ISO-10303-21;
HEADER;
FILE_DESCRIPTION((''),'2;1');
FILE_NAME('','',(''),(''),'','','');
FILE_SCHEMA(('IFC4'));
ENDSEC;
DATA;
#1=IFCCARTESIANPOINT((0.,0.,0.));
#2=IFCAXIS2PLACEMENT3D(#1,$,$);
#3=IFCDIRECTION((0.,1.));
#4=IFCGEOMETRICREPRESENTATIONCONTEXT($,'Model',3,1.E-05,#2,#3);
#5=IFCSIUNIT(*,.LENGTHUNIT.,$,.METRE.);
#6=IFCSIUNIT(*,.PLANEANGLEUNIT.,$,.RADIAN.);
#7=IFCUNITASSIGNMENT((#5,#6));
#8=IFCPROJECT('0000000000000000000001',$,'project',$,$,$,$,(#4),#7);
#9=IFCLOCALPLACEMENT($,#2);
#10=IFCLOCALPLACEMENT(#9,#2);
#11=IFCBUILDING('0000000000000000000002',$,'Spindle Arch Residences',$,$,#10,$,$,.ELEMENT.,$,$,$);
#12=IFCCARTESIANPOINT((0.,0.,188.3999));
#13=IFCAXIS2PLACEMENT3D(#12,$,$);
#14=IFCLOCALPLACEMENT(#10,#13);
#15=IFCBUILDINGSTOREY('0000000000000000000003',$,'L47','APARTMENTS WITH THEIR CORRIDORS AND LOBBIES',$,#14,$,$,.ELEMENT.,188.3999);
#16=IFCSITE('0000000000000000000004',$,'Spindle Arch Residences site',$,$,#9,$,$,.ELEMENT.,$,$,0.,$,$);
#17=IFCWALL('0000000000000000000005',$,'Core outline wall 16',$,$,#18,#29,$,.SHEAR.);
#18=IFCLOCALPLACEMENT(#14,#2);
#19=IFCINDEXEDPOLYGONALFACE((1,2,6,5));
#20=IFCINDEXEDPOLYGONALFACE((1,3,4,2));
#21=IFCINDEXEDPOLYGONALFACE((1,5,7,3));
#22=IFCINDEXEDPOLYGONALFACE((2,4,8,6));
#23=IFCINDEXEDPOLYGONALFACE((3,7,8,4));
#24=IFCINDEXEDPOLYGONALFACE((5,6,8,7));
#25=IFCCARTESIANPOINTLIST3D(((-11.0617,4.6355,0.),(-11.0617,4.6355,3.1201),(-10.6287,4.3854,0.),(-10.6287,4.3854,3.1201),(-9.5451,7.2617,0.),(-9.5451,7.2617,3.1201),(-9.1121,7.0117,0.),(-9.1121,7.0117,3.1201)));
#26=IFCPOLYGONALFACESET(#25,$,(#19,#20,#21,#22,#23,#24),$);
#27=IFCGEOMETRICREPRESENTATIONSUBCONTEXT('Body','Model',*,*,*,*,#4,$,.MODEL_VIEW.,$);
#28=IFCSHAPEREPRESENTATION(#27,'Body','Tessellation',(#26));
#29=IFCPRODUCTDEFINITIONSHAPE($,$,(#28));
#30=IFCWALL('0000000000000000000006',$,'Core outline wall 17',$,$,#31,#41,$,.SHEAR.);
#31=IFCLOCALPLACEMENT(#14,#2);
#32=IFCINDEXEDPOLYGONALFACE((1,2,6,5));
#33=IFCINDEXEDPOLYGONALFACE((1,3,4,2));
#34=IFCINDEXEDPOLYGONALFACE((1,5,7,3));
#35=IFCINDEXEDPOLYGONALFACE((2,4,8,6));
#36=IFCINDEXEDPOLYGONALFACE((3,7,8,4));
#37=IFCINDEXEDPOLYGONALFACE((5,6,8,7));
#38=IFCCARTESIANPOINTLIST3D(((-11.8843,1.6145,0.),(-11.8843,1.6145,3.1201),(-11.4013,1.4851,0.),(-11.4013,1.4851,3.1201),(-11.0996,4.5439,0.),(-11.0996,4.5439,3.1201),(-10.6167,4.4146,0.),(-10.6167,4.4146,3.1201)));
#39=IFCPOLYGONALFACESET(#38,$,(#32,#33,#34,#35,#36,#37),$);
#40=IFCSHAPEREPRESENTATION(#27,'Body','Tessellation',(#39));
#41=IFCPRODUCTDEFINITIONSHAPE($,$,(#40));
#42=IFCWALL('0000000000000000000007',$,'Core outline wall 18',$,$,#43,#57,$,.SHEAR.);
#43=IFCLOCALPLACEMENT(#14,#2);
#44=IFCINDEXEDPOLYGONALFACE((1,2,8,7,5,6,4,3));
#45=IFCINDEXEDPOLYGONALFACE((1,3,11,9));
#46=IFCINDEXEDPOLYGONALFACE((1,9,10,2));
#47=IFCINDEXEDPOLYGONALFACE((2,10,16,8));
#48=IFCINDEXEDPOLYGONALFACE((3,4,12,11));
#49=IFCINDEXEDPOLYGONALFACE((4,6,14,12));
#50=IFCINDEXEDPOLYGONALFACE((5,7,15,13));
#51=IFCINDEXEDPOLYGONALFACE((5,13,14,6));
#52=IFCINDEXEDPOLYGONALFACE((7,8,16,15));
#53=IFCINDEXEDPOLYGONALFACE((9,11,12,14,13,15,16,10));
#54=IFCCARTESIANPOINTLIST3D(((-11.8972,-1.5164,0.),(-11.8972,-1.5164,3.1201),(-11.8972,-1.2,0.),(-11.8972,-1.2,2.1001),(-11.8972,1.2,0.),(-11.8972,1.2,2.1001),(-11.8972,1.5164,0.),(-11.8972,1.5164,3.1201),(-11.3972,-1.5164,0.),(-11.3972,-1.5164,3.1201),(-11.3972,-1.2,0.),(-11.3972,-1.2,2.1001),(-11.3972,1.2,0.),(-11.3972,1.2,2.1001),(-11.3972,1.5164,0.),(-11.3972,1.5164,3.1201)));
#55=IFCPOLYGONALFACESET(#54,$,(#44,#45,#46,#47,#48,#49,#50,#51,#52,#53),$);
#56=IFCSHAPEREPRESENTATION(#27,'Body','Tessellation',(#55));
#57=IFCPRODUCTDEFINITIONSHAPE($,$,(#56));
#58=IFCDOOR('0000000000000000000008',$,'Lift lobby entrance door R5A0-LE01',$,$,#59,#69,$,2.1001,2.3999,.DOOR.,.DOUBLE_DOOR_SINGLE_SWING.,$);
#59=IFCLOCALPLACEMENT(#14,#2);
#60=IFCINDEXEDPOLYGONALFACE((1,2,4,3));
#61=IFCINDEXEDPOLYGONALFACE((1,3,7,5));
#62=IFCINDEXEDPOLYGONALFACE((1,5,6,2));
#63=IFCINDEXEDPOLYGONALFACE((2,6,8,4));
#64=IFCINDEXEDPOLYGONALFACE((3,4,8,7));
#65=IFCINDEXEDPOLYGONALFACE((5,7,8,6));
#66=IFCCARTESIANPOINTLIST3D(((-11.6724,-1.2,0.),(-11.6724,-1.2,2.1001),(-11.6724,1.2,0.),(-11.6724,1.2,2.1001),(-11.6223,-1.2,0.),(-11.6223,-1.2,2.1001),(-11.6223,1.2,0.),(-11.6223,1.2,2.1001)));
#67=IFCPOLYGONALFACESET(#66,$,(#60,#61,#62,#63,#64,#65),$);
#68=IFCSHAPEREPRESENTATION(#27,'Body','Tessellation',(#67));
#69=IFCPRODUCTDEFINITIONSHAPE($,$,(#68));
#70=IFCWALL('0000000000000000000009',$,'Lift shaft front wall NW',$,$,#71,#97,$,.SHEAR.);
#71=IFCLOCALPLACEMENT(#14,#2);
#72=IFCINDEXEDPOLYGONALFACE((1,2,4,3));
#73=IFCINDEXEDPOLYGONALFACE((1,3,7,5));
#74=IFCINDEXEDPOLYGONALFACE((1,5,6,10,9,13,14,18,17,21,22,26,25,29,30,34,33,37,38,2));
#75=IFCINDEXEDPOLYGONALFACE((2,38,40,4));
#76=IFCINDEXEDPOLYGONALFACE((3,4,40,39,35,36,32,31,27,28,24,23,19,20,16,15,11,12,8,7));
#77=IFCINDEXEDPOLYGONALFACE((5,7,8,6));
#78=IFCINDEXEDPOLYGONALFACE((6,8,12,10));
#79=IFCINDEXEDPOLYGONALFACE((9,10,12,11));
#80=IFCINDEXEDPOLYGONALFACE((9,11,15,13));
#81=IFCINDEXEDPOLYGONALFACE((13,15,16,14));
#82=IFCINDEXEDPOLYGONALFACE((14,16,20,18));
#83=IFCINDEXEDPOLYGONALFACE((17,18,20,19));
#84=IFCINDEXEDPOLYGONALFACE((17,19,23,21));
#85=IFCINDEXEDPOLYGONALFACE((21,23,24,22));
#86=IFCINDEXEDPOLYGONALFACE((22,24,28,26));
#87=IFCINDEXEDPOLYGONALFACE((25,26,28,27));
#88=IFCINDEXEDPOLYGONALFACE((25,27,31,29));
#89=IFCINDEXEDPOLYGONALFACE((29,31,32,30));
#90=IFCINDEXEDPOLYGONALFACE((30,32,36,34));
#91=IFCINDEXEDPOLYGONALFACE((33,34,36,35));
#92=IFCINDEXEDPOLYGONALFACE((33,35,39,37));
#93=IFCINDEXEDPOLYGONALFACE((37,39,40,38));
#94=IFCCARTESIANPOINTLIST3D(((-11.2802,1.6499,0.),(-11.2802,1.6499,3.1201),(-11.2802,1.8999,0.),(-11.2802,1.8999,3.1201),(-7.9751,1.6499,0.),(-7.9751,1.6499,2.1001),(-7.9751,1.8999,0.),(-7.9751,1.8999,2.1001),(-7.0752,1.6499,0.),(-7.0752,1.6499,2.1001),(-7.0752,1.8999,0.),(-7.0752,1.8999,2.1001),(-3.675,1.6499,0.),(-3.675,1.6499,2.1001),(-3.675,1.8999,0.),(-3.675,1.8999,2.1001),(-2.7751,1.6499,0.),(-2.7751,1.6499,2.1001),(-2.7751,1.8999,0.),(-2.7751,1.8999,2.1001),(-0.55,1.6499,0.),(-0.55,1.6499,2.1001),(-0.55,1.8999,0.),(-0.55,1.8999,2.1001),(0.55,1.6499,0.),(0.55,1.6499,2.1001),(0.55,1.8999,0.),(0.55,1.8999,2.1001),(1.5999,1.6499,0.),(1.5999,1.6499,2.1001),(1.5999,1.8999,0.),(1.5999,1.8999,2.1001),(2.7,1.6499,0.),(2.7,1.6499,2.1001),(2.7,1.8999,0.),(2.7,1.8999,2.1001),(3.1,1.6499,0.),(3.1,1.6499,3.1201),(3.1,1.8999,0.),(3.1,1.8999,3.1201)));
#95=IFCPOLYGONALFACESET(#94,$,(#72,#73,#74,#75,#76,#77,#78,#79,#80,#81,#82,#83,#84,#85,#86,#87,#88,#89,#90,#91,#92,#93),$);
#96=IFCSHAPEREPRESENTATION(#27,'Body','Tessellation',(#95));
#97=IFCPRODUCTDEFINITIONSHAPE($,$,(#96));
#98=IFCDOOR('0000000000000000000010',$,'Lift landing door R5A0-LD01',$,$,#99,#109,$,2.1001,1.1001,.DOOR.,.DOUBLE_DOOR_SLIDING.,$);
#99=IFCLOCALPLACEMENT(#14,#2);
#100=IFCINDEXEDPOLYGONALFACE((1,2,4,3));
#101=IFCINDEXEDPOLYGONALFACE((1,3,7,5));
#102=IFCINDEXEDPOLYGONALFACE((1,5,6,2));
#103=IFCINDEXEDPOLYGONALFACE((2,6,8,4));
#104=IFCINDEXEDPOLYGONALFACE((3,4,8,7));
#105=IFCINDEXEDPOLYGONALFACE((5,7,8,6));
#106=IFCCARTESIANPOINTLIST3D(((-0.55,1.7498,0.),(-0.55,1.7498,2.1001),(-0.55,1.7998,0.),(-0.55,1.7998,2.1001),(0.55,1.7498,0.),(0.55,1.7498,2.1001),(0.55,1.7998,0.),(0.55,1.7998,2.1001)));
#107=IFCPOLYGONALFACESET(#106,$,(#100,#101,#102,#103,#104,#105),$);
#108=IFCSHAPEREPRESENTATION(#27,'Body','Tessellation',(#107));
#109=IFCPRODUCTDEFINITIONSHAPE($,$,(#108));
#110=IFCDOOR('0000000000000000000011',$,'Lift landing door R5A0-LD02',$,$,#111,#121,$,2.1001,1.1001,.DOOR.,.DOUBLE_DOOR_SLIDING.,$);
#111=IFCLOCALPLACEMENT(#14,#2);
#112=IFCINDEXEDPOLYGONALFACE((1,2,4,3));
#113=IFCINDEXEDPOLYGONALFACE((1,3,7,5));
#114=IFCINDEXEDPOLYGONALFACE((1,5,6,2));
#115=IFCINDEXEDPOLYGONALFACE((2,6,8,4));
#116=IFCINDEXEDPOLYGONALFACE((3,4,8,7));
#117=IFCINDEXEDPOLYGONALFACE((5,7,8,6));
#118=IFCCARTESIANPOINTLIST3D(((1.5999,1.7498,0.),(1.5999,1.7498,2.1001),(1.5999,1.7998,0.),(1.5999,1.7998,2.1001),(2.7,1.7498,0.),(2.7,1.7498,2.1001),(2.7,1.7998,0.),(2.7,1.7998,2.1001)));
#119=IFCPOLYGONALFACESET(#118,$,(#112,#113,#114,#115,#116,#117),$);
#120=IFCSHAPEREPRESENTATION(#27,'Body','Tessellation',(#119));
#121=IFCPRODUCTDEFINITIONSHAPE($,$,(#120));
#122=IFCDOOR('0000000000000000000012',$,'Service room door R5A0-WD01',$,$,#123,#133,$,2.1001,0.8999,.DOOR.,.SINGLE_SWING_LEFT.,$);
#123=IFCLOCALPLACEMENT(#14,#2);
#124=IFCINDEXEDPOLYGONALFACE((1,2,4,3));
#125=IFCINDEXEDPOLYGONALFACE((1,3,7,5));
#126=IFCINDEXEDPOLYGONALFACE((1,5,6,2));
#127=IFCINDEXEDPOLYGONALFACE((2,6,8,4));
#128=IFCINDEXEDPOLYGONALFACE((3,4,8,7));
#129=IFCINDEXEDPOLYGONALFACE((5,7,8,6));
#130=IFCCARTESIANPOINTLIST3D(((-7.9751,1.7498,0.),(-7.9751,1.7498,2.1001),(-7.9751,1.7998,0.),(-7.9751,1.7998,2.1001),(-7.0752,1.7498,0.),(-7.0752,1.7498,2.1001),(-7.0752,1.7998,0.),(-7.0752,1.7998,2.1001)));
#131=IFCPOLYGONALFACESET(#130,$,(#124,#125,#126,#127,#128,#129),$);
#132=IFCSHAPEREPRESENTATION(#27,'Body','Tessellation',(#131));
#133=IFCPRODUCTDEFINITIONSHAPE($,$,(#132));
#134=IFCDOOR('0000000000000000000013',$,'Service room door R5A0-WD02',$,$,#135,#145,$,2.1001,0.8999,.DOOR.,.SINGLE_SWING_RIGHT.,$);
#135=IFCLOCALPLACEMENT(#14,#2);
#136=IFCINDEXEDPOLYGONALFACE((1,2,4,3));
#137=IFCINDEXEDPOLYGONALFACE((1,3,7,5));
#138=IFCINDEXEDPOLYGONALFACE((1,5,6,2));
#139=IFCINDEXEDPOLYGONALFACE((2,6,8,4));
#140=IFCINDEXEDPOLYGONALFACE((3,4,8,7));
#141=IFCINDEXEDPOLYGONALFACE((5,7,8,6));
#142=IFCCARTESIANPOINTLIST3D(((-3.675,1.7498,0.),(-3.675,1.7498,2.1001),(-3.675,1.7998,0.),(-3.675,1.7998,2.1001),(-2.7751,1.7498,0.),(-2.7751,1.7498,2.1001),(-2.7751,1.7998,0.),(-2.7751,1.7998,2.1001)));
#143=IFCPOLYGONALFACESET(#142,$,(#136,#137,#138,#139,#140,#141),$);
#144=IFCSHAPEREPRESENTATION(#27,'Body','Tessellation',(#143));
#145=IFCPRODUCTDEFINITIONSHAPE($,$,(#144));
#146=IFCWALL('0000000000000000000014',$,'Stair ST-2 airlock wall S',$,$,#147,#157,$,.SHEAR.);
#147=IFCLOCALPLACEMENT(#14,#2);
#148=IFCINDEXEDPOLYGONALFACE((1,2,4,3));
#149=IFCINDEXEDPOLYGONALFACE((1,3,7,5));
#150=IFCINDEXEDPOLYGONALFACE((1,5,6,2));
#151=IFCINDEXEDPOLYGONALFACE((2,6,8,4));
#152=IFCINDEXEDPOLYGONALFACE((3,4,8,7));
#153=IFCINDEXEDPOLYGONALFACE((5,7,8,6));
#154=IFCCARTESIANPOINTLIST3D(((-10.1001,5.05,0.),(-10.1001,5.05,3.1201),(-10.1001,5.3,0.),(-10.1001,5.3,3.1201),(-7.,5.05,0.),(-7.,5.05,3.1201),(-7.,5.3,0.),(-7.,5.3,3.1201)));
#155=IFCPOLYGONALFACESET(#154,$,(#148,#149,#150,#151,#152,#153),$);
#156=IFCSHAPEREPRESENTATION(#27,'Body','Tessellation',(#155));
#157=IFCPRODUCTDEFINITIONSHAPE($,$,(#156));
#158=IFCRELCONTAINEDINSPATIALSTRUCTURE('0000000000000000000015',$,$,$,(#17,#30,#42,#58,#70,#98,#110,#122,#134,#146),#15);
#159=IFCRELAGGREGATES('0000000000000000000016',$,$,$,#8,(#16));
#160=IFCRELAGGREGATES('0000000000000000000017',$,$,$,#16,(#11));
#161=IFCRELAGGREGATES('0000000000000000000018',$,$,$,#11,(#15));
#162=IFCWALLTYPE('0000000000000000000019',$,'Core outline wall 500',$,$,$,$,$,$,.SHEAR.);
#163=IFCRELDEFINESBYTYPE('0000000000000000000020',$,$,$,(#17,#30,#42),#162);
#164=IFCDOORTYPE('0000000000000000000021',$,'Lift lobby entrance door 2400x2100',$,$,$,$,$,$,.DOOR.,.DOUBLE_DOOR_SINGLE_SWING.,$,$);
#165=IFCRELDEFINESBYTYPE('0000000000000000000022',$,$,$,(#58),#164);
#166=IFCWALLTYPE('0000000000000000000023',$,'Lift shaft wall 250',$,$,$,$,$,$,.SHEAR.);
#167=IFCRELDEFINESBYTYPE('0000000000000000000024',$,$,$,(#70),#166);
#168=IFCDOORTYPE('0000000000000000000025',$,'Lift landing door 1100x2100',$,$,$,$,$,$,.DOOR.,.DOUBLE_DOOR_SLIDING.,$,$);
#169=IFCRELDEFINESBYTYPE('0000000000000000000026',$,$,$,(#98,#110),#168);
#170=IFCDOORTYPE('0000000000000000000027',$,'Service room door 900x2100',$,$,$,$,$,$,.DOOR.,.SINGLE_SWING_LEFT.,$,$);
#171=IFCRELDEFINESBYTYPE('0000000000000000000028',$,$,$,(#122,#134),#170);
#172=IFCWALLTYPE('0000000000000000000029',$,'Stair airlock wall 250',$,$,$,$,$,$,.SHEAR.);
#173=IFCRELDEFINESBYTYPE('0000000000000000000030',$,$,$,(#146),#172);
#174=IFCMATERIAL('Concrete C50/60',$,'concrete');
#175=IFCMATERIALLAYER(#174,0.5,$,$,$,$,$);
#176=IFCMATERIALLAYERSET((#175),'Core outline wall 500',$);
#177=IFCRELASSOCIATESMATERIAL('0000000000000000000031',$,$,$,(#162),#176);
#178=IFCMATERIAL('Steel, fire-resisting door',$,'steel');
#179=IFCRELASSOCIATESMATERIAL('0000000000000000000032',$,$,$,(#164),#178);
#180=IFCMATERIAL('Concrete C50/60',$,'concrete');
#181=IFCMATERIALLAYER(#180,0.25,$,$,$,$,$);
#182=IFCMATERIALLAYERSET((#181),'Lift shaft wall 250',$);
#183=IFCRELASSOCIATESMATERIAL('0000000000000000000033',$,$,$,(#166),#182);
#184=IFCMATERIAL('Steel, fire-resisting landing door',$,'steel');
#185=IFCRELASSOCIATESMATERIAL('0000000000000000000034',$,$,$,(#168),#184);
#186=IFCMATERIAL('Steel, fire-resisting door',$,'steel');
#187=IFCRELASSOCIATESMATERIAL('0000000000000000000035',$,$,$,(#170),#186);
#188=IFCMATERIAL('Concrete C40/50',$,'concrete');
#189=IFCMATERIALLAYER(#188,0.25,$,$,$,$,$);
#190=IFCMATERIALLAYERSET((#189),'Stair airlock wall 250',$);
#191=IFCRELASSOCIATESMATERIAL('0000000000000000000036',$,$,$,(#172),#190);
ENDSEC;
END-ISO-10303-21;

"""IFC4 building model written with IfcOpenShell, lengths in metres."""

from ifc_helpers import new_model, si_unit, direction, frame, frame_2d, origin, place, context, subcontext, project, spatial, rectangle, extrude, material, layer, layer_set, type_object, element, fill, save


model = new_model("IFC4")

# Units and contexts
model_context = context("Model", 3, precision=1e-05, world=origin(), true_north=direction((0.0, 1.0)))
body_context = subcontext(model_context, "Body", "Model", "MODEL_VIEW")
ifc_project = project(units=[si_unit("LENGTHUNIT", "METRE"), si_unit("PLANEANGLEUNIT", "RADIAN")], contexts=[model_context])

# Site, building, storey
site_placement = place(None, origin())
site = spatial("IfcSite", under=ifc_project, at=site_placement, Name="Spindle Arch Residences site", CompositionType="ELEMENT", RefElevation=0.0)
building_placement = place(site_placement, origin())
building = spatial("IfcBuilding", under=site, at=building_placement, Name="Spindle Arch Residences", CompositionType="ELEMENT")
storey_placement = place(building_placement, frame((0.0, 0.0, 188.3999)))
storey = spatial("IfcBuildingStorey", under=building, at=storey_placement, Name="L47", Description="APARTMENTS WITH THEIR CORRIDORS AND LOBBIES", CompositionType="ELEMENT", Elevation=188.3999)

# Walls
ifc_material_1 = material(Name="Concrete C50/60", Category="concrete")
ifc_layer_1 = layer(ifc_material_1, 0.5)
ifc_layer_set_1 = layer_set([ifc_layer_1], Name="Core outline wall 500")
wall_type_1 = type_object("IfcWallType", Name="Core outline wall 500", PredefinedType="SHEAR", material=ifc_layer_set_1)
for number, where, z_axis, x_axis, name in (
    (1, (-9.3286, 7.1367, 0.0), (0.0, 0.0, 1.0), (-0.500087, -0.865975, 0.0), "Core outline wall 16"),
    (2, (-10.8582, 4.4792, 0.0), (0.0, 0.0, 1.0), (-0.258735, -0.965948, 0.0), "Core outline wall 17"),
):
    element("IfcWall", number, at=place(storey_placement, frame(where, z_axis=z_axis, x_axis=x_axis)), inside=storey, type_object=wall_type_1, Name=name, PredefinedType="SHEAR", context=body_context, shape_type="SweptSolid", body=[
        extrude(rectangle(XDim=3.0327, YDim=0.5, at=frame_2d((1.5164, 0.0))), origin(), (0.0, 0.0, 1.0), 3.1201),
    ])

# Wall, opening, door
wall_1_placement = place(storey_placement, frame((-11.6472, 1.5164, 0.0), z_axis=(0.0, 0.0, 1.0), x_axis=(0.0, -1.0, 0.0)))
wall_1 = element("IfcWall", 3, at=wall_1_placement, inside=storey, type_object=wall_type_1, Name="Core outline wall 18", PredefinedType="SHEAR", context=body_context, shape_type="SweptSolid", body=[
    extrude(rectangle(XDim=3.0327, YDim=0.5, at=frame_2d((1.5164, 0.0))), origin(), (0.0, 0.0, 1.0), 3.1201),
])
opening_1_placement = place(wall_1_placement, frame((0.3164, 0.0, 0.0)))
opening_1 = element("IfcOpeningElement", 4, at=opening_1_placement, cuts=wall_1, PredefinedType="OPENING", context=body_context, shape_type="SweptSolid", body=[
    extrude(rectangle(XDim=2.3999, YDim=2.1001, at=frame_2d((1.2, 1.05))), frame((0.0, 0.26, 0.0), z_axis=(0.0, -1.0, 0.0), x_axis=(1.0, 0.0, 0.0)), (0.0, 0.0, 1.0), 0.52),
])
ifc_material_2 = material(Name="Steel, fire-resisting door", Category="steel")
door_type_1 = type_object("IfcDoorType", Name="Lift lobby entrance door 2400x2100", OperationType="DOUBLE_DOOR_SINGLE_SWING", PredefinedType="DOOR", material=ifc_material_2)
door_1_placement = place(opening_1_placement, origin())
door_1 = element("IfcDoor", 5, at=door_1_placement, inside=storey, type_object=door_type_1, Name="Lift lobby entrance door R5A0-LE01", OperationType="DOUBLE_DOOR_SINGLE_SWING", OverallHeight=2.1001, OverallWidth=2.3999, PredefinedType="DOOR", context=body_context, shape_type="SweptSolid", body=[
    extrude(rectangle(XDim=2.3999, YDim=2.1001, at=frame_2d((1.2, 1.05))), frame((0.0, 0.0249, 0.0), z_axis=(0.0, -1.0, 0.0), x_axis=(1.0, 0.0, 0.0)), (0.0, 0.0, 1.0), 0.05),
])
fill(opening_1, door_1)

# Wall, openings, doors
ifc_material_3 = material(Name="Concrete C50/60", Category="concrete")
ifc_layer_2 = layer(ifc_material_3, 0.25)
ifc_layer_set_2 = layer_set([ifc_layer_2], Name="Lift shaft wall 250")
wall_type_2 = type_object("IfcWallType", Name="Lift shaft wall 250", PredefinedType="SHEAR", material=ifc_layer_set_2)
wall_2_placement = place(storey_placement, frame((-11.28, 1.7749, 0.0), z_axis=(0.0, 0.0, 1.0), x_axis=(1.0, 0.0, 0.0)))
wall_2 = element("IfcWall", 6, at=wall_2_placement, inside=storey, type_object=wall_type_2, Name="Lift shaft front wall NW", PredefinedType="SHEAR", context=body_context, shape_type="SweptSolid", body=[
    extrude(rectangle(XDim=14.3801, YDim=0.25, at=frame_2d((7.1899, 0.0))), origin(), (0.0, 0.0, 1.0), 3.1201),
])
opening_2_placement = place(wall_2_placement, frame((10.73, 0.0, 0.0)))
opening_2 = element("IfcOpeningElement", 7, at=opening_2_placement, cuts=wall_2, PredefinedType="OPENING", context=body_context, shape_type="SweptSolid", body=[
    extrude(rectangle(XDim=1.1001, YDim=2.1001, at=frame_2d((0.55, 1.05))), frame((0.0, 0.135, 0.0), z_axis=(0.0, -1.0, 0.0), x_axis=(1.0, 0.0, 0.0)), (0.0, 0.0, 1.0), 0.27),
])
opening_3_placement = place(wall_2_placement, frame((12.8799, 0.0, 0.0)))
opening_3 = element("IfcOpeningElement", 8, at=opening_3_placement, cuts=wall_2, PredefinedType="OPENING", context=body_context, shape_type="SweptSolid", body=[
    extrude(rectangle(XDim=1.1001, YDim=2.1001, at=frame_2d((0.55, 1.05))), frame((0.0, 0.135, 0.0), z_axis=(0.0, -1.0, 0.0), x_axis=(1.0, 0.0, 0.0)), (0.0, 0.0, 1.0), 0.27),
])
opening_4_placement = place(wall_2_placement, frame((3.3049, 0.0, 0.0)))
opening_4 = element("IfcOpeningElement", 9, at=opening_4_placement, cuts=wall_2, PredefinedType="OPENING", context=body_context, shape_type="SweptSolid", body=[
    extrude(rectangle(XDim=0.8999, YDim=2.1001, at=frame_2d((0.45, 1.05))), frame((0.0, 0.135, 0.0), z_axis=(0.0, -1.0, 0.0), x_axis=(1.0, 0.0, 0.0)), (0.0, 0.0, 1.0), 0.27),
])
opening_5_placement = place(wall_2_placement, frame((7.605, 0.0, 0.0)))
opening_5 = element("IfcOpeningElement", 10, at=opening_5_placement, cuts=wall_2, PredefinedType="OPENING", context=body_context, shape_type="SweptSolid", body=[
    extrude(rectangle(XDim=0.8999, YDim=2.1001, at=frame_2d((0.45, 1.05))), frame((0.0, 0.135, 0.0), z_axis=(0.0, -1.0, 0.0), x_axis=(1.0, 0.0, 0.0)), (0.0, 0.0, 1.0), 0.27),
])
ifc_material_4 = material(Name="Steel, fire-resisting landing door", Category="steel")
door_type_2 = type_object("IfcDoorType", Name="Lift landing door 1100x2100", OperationType="DOUBLE_DOOR_SLIDING", PredefinedType="DOOR", material=ifc_material_4)
door_2_placement = place(opening_2_placement, origin())
door_2 = element("IfcDoor", 11, at=door_2_placement, inside=storey, type_object=door_type_2, Name="Lift landing door R5A0-LD01", OperationType="DOUBLE_DOOR_SLIDING", OverallHeight=2.1001, OverallWidth=1.1001, PredefinedType="DOOR", context=body_context, shape_type="SweptSolid", body=[
    extrude(rectangle(XDim=1.1001, YDim=2.1001, at=frame_2d((0.55, 1.05))), frame((0.0, 0.0249, 0.0), z_axis=(0.0, -1.0, 0.0), x_axis=(1.0, 0.0, 0.0)), (0.0, 0.0, 1.0), 0.05),
])
fill(opening_2, door_2)
door_3_placement = place(opening_3_placement, origin())
door_3 = element("IfcDoor", 12, at=door_3_placement, inside=storey, type_object=door_type_2, Name="Lift landing door R5A0-LD02", OperationType="DOUBLE_DOOR_SLIDING", OverallHeight=2.1001, OverallWidth=1.1001, PredefinedType="DOOR", context=body_context, shape_type="SweptSolid", body=[
    extrude(rectangle(XDim=1.1001, YDim=2.1001, at=frame_2d((0.55, 1.05))), frame((0.0, 0.0249, 0.0), z_axis=(0.0, -1.0, 0.0), x_axis=(1.0, 0.0, 0.0)), (0.0, 0.0, 1.0), 0.05),
])
fill(opening_3, door_3)
ifc_material_5 = material(Name="Steel, fire-resisting door", Category="steel")
door_type_3 = type_object("IfcDoorType", Name="Service room door 900x2100", OperationType="SINGLE_SWING_LEFT", PredefinedType="DOOR", material=ifc_material_5)
door_4_placement = place(opening_4_placement, origin())
door_4 = element("IfcDoor", 13, at=door_4_placement, inside=storey, type_object=door_type_3, Name="Service room door R5A0-WD01", OperationType="SINGLE_SWING_LEFT", OverallHeight=2.1001, OverallWidth=0.8999, PredefinedType="DOOR", context=body_context, shape_type="SweptSolid", body=[
    extrude(rectangle(XDim=0.8999, YDim=2.1001, at=frame_2d((0.45, 1.05))), frame((0.0, 0.0249, 0.0), z_axis=(0.0, -1.0, 0.0), x_axis=(1.0, 0.0, 0.0)), (0.0, 0.0, 1.0), 0.05),
])
fill(opening_4, door_4)
door_5_placement = place(opening_5_placement, origin())
door_5 = element("IfcDoor", 14, at=door_5_placement, inside=storey, type_object=door_type_3, Name="Service room door R5A0-WD02", OperationType="SINGLE_SWING_RIGHT", OverallHeight=2.1001, OverallWidth=0.8999, PredefinedType="DOOR", context=body_context, shape_type="SweptSolid", body=[
    extrude(rectangle(XDim=0.8999, YDim=2.1001, at=frame_2d((0.45, 1.05))), frame((0.0, 0.0249, 0.0), z_axis=(0.0, -1.0, 0.0), x_axis=(1.0, 0.0, 0.0)), (0.0, 0.0, 1.0), 0.05),
])
fill(opening_5, door_5)

# Wall
ifc_material_6 = material(Name="Concrete C40/50", Category="concrete")
ifc_layer_3 = layer(ifc_material_6, 0.25)
ifc_layer_set_3 = layer_set([ifc_layer_3], Name="Stair airlock wall 250")
wall_type_3 = type_object("IfcWallType", Name="Stair airlock wall 250", PredefinedType="SHEAR", material=ifc_layer_set_3)
wall_3_placement = place(storey_placement, frame((-7.0, 5.175, 0.0), z_axis=(0.0, 0.0, 1.0), x_axis=(-1.0, 0.0, 0.0)))
element("IfcWall", 15, at=wall_3_placement, inside=storey, type_object=wall_type_3, Name="Stair ST-2 airlock wall S", PredefinedType="SHEAR", context=body_context, shape_type="SweptSolid", body=[
    extrude(rectangle(XDim=3.1001, YDim=0.25, at=frame_2d((1.55, 0.0))), origin(), (0.0, 0.0, 1.0), 3.1201),
])

save(model, "model.ifc")
